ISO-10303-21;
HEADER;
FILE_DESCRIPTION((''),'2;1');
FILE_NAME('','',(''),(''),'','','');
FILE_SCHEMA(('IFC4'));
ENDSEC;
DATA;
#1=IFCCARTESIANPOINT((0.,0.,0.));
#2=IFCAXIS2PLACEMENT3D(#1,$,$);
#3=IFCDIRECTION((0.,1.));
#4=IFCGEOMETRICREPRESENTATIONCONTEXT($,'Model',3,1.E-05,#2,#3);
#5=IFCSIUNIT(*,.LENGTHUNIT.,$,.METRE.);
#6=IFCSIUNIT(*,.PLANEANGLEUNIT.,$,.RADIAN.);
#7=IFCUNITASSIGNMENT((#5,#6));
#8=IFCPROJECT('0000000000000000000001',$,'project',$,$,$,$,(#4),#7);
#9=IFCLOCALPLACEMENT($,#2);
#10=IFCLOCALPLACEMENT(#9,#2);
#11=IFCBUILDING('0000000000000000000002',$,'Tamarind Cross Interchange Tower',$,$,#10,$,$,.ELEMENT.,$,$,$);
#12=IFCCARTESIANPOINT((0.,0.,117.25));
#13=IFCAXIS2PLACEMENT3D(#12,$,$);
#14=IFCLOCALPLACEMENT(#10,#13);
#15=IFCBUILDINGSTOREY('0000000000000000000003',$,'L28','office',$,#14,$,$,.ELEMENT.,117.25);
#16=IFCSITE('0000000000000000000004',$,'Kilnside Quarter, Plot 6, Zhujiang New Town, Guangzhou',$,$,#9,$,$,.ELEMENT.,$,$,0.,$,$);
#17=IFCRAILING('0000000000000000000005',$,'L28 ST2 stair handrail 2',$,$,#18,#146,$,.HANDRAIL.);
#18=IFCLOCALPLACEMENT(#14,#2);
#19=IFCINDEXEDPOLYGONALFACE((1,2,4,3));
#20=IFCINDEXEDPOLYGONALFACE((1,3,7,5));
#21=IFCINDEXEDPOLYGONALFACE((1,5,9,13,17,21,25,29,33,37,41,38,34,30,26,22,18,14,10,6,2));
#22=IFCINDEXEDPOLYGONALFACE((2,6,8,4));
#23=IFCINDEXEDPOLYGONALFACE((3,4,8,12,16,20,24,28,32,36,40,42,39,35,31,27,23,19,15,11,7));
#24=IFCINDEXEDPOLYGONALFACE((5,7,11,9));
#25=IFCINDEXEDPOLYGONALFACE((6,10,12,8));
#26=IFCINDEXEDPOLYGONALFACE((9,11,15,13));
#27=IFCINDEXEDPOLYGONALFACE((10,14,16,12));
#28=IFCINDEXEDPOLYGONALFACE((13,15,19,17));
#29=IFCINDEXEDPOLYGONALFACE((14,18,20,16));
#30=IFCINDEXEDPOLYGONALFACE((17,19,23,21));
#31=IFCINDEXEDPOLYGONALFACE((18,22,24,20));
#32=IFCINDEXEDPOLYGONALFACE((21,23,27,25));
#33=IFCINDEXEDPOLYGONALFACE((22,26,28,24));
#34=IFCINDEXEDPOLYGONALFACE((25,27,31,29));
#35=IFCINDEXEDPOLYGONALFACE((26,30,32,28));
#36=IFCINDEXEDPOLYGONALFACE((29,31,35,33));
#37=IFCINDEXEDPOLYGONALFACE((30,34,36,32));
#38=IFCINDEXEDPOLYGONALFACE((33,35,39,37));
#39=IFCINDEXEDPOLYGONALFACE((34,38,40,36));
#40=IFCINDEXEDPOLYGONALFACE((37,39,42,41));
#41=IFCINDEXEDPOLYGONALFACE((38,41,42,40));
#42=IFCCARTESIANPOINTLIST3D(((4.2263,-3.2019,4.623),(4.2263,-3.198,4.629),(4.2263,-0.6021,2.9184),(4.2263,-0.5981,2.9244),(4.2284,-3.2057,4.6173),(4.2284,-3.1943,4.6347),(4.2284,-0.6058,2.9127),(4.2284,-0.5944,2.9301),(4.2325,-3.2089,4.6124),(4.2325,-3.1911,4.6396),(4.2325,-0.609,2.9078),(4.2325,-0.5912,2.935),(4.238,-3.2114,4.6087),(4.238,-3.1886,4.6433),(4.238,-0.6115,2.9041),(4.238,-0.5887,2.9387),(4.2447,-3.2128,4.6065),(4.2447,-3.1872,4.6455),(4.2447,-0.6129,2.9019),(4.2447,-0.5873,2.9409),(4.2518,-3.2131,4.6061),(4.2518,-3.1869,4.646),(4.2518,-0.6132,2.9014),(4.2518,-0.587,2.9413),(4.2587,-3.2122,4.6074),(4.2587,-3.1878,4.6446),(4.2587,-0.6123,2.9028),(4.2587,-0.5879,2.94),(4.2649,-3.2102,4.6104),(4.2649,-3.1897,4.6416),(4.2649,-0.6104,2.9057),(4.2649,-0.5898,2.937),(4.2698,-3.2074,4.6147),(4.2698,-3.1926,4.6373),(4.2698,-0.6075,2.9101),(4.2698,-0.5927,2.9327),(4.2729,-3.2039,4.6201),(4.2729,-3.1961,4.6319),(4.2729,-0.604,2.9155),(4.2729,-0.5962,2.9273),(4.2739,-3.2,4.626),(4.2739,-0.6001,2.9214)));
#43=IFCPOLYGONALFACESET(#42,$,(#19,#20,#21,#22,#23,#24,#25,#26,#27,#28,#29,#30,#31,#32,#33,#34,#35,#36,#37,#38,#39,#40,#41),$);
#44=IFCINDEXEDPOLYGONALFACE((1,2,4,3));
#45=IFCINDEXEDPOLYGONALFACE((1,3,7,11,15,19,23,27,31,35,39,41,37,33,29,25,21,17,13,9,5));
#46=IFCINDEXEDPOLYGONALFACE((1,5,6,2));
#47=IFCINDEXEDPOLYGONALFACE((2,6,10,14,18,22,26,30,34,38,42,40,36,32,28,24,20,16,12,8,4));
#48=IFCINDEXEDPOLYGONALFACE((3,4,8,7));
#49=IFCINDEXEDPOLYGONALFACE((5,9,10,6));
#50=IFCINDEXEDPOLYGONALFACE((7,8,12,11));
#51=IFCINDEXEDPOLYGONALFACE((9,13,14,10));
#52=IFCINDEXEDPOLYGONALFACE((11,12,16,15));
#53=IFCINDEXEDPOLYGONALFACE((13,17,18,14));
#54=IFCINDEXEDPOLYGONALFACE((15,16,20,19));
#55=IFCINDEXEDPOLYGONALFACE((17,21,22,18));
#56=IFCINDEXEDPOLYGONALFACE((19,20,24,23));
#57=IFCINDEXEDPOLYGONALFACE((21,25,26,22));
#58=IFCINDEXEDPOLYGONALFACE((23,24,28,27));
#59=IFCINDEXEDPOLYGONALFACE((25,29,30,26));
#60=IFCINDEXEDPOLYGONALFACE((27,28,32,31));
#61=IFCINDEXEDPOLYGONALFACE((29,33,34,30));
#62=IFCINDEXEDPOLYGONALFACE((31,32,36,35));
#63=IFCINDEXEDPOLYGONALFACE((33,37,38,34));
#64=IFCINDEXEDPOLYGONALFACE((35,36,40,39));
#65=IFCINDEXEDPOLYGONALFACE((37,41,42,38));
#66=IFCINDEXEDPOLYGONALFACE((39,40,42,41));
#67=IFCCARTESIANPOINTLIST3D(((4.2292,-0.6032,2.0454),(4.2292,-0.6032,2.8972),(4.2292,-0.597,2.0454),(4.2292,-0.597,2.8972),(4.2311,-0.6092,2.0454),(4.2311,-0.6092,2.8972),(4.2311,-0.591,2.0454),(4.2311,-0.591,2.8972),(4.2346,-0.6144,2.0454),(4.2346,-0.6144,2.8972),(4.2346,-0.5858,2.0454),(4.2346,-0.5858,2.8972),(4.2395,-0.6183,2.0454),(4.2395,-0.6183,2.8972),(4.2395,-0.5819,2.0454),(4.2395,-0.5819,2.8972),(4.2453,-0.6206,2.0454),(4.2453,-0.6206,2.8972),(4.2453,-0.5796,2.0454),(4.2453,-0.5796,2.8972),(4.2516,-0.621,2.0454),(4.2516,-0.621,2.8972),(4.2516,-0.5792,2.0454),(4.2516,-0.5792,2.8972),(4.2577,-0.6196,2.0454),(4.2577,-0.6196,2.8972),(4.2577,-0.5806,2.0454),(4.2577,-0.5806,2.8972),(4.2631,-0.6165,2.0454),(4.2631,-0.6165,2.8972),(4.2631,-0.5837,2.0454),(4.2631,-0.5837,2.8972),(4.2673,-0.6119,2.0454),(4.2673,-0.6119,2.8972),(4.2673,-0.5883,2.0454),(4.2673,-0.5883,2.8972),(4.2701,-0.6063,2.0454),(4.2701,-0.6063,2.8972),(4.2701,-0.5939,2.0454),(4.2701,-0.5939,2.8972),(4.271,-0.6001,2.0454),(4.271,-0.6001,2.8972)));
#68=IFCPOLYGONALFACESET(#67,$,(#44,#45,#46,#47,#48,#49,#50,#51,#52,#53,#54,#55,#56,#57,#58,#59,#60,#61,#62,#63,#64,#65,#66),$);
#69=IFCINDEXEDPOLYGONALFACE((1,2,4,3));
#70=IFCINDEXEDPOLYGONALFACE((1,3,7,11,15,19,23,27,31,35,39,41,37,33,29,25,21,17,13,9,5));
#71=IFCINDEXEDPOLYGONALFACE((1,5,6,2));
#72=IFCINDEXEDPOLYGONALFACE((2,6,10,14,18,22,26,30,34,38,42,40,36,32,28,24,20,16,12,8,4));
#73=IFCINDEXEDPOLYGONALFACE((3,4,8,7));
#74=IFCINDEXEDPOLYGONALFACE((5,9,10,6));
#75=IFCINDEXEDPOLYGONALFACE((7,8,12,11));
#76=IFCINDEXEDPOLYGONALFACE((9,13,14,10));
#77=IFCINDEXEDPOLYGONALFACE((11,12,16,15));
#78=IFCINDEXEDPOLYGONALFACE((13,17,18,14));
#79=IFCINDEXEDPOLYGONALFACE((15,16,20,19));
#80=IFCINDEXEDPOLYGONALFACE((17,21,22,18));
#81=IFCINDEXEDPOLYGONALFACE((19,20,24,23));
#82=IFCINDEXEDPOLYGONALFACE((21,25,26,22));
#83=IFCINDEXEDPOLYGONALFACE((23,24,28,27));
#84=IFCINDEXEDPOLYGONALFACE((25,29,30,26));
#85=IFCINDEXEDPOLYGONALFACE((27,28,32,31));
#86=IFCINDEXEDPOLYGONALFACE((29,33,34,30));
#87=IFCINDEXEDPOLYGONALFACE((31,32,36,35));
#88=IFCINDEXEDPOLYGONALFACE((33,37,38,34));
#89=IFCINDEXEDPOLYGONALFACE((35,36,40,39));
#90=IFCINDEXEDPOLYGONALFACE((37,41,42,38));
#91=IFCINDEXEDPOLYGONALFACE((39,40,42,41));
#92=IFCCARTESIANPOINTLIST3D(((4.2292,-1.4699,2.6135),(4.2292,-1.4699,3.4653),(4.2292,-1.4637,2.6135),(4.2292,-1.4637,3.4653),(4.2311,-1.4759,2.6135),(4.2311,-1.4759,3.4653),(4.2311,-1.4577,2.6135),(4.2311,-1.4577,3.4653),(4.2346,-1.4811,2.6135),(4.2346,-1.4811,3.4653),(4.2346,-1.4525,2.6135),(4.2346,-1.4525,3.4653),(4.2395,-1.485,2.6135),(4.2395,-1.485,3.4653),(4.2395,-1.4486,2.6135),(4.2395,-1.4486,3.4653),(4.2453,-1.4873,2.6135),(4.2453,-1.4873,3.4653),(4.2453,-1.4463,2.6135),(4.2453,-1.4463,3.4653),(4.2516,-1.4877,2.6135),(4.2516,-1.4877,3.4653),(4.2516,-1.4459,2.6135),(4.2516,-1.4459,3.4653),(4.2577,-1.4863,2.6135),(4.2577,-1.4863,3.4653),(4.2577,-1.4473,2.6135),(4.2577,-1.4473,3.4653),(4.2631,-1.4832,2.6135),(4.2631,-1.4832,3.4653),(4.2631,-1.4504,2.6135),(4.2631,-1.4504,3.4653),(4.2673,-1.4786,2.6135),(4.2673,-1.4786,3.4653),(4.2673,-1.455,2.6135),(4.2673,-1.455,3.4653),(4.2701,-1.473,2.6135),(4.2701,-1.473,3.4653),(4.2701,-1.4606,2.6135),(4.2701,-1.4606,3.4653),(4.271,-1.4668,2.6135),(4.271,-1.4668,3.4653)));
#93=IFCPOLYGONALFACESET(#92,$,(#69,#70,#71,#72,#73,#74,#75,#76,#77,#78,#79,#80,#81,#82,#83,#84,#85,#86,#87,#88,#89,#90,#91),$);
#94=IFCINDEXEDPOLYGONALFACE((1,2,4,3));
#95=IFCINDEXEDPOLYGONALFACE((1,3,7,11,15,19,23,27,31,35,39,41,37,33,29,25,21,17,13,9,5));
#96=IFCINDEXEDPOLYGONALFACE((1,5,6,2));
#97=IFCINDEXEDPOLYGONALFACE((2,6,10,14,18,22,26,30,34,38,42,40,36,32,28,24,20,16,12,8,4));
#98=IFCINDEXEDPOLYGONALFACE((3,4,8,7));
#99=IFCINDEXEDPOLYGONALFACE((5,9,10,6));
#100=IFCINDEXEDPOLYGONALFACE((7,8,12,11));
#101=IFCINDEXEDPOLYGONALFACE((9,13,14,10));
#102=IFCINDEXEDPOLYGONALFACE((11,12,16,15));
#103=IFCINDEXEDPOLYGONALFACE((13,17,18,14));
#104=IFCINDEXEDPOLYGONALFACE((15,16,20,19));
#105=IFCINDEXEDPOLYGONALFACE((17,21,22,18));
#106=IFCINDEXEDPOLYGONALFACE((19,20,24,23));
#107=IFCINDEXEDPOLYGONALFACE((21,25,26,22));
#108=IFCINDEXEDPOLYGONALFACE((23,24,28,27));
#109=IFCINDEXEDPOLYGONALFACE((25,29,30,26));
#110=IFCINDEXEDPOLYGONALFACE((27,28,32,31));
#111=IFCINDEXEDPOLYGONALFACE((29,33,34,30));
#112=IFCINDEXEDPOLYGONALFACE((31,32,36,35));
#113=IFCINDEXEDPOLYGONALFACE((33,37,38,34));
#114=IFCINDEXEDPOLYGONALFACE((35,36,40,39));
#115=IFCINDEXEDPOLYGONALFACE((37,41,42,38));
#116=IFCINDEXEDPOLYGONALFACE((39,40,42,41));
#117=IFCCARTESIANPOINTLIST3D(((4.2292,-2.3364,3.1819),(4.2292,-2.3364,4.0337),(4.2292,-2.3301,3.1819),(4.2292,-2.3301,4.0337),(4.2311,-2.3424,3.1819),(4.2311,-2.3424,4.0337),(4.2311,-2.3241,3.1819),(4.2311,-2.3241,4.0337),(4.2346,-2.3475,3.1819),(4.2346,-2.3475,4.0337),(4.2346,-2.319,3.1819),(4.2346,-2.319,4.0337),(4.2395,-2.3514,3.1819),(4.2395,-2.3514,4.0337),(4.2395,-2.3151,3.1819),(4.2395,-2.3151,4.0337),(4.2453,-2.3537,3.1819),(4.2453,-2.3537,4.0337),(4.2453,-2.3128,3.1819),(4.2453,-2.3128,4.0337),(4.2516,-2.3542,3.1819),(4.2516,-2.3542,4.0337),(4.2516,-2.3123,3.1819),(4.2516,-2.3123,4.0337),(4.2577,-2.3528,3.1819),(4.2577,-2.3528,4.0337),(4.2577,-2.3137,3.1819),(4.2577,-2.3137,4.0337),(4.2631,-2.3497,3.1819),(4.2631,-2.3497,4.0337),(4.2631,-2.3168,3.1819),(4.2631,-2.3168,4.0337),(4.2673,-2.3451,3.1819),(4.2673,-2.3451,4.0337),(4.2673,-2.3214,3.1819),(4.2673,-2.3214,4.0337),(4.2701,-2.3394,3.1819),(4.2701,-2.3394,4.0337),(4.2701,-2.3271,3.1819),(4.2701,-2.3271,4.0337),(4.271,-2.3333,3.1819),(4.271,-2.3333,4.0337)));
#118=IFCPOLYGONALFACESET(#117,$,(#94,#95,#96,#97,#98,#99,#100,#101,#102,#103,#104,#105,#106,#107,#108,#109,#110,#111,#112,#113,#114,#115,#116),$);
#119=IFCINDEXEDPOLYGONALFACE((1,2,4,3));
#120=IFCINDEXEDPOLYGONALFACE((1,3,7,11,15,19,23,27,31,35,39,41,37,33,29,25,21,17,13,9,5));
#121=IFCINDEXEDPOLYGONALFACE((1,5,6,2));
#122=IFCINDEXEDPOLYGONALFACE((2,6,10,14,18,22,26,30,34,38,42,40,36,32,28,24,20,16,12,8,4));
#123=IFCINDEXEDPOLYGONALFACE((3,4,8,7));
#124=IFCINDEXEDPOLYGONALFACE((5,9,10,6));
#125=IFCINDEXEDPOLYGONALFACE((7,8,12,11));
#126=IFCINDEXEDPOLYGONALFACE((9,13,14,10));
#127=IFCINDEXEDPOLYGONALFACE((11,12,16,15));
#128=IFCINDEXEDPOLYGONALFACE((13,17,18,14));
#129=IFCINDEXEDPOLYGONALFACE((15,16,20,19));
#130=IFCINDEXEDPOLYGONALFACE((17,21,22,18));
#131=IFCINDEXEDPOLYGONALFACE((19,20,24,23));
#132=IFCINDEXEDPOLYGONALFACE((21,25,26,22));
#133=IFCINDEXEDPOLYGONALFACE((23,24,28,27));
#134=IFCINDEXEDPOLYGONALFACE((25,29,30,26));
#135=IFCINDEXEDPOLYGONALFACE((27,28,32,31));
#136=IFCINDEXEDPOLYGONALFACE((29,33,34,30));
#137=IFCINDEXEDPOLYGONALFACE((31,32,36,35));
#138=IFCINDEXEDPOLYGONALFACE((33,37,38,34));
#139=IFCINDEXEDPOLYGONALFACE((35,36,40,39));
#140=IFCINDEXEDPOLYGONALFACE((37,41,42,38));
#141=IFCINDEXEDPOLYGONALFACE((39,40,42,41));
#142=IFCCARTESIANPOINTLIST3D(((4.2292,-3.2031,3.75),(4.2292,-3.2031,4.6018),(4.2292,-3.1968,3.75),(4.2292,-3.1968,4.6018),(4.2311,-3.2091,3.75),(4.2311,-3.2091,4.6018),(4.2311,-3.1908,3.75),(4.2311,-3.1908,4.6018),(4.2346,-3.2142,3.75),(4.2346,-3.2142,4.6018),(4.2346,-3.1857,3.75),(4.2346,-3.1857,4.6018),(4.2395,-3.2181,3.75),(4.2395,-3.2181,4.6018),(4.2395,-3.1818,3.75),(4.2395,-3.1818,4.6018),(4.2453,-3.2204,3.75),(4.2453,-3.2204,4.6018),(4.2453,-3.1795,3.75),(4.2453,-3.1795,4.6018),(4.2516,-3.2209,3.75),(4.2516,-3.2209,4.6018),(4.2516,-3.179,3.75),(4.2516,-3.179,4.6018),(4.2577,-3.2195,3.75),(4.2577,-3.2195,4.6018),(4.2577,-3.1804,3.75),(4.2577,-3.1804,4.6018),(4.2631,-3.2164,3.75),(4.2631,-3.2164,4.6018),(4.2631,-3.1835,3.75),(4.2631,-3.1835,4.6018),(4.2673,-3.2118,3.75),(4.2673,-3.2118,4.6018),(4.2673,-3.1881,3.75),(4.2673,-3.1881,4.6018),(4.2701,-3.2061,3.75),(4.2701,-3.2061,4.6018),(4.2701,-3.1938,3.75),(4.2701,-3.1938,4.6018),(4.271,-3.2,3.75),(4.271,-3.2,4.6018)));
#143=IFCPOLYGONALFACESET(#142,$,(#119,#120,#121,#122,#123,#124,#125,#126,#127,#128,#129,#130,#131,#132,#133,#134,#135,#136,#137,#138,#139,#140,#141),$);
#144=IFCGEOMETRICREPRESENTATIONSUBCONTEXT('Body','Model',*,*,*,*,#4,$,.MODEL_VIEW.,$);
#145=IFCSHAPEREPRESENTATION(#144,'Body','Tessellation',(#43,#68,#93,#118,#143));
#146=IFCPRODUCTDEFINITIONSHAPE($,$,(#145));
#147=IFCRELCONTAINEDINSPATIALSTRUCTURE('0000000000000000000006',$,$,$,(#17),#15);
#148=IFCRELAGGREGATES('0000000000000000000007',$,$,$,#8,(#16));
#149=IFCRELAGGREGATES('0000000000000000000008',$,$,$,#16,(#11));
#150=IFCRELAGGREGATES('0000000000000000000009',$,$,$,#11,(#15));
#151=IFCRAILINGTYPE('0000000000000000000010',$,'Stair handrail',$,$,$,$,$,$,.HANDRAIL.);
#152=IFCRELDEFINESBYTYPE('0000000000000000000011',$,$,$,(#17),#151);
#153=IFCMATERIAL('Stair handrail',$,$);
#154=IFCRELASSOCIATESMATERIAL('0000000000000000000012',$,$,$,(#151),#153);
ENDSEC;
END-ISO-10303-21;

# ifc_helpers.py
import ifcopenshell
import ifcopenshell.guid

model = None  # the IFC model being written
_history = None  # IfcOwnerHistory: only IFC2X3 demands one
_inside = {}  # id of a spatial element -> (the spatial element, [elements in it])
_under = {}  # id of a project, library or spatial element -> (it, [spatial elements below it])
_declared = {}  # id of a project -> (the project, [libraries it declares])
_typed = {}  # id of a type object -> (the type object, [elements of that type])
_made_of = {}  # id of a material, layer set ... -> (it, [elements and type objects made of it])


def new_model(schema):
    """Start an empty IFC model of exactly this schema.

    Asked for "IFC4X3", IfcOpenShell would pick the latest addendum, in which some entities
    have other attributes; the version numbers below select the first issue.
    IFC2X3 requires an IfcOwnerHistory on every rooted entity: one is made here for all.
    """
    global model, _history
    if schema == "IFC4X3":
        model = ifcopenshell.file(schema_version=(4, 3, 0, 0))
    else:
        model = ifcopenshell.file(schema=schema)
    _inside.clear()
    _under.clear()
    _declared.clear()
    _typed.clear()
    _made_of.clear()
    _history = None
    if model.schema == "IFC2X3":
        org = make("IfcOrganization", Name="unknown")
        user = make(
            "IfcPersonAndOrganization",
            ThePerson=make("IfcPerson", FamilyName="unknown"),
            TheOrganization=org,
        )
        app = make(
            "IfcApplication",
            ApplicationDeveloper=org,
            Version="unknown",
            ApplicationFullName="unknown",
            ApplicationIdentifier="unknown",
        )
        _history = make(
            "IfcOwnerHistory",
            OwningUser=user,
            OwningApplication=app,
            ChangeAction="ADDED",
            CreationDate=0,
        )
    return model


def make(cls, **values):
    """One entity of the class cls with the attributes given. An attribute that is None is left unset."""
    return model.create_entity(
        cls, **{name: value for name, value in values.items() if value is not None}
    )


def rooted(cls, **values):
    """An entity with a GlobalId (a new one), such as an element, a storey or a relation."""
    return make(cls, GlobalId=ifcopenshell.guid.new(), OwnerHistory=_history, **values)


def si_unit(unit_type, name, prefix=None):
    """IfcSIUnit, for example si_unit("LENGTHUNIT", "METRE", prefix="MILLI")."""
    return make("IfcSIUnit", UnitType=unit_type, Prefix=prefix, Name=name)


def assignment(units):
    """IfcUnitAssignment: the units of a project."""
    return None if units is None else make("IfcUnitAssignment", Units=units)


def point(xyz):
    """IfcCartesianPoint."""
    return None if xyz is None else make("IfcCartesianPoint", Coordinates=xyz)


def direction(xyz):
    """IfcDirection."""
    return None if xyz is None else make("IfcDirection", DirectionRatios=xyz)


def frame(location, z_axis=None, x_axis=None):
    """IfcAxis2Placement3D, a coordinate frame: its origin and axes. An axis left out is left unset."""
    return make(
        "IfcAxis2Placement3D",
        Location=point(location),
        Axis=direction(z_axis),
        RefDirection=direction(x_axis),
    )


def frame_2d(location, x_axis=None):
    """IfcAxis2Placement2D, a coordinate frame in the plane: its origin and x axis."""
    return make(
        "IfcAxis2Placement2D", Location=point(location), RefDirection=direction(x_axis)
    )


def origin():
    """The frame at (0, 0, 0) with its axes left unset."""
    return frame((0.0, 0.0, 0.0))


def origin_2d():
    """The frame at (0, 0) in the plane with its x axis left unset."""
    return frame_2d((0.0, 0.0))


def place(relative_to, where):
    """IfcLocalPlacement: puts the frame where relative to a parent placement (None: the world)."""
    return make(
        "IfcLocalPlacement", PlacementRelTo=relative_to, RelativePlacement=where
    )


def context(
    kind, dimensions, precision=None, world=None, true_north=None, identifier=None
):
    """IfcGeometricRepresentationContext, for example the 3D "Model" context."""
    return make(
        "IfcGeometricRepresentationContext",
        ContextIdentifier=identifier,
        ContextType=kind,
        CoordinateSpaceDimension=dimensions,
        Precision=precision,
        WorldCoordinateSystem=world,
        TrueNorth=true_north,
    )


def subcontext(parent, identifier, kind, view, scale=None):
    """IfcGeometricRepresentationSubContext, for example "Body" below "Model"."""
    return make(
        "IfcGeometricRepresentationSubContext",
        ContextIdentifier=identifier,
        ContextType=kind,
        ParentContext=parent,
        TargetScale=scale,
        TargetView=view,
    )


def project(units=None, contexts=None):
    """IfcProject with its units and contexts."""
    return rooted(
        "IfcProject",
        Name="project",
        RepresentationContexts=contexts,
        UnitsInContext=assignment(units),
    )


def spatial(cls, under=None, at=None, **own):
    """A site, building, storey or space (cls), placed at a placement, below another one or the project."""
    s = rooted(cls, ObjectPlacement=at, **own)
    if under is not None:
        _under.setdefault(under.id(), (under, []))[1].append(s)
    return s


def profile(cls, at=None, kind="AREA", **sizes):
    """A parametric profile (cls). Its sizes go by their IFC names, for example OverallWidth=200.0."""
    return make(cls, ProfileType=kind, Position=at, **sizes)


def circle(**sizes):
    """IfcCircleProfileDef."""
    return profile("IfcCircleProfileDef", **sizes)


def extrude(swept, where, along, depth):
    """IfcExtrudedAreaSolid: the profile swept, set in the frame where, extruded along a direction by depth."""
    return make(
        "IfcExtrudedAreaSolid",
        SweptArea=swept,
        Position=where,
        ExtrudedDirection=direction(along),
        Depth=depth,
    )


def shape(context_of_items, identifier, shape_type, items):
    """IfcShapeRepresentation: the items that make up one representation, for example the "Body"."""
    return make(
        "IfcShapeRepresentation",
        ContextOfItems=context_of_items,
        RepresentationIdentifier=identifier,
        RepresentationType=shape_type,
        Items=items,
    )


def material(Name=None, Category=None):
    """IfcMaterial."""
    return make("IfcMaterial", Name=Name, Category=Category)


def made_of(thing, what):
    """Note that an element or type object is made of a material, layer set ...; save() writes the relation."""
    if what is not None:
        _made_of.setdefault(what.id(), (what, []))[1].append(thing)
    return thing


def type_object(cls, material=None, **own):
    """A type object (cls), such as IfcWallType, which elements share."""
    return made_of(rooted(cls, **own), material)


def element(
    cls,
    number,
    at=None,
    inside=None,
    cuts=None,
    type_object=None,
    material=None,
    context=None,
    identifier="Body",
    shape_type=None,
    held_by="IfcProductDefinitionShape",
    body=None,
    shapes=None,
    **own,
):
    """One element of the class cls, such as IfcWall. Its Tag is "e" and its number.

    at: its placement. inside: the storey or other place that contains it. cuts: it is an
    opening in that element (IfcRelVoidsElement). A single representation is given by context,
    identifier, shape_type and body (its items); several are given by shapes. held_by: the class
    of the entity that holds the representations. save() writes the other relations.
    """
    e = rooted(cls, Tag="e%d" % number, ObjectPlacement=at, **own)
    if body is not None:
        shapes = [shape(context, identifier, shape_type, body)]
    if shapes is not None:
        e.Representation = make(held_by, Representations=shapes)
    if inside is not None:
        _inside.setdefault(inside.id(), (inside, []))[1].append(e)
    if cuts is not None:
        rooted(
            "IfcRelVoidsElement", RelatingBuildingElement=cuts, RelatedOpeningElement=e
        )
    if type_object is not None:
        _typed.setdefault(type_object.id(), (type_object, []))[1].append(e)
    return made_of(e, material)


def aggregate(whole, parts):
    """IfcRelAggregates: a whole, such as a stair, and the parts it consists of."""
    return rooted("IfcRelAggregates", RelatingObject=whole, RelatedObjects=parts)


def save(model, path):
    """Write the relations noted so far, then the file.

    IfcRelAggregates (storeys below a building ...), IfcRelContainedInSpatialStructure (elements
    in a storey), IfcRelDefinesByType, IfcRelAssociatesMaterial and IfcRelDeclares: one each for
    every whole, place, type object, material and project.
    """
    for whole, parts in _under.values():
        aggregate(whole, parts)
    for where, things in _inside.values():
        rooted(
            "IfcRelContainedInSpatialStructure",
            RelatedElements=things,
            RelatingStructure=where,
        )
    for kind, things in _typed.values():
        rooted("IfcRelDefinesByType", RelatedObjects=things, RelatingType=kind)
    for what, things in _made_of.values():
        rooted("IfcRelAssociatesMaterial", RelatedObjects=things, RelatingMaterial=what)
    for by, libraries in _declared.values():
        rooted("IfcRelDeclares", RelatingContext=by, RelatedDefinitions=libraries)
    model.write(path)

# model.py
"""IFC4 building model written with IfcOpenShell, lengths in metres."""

from ifc_helpers import new_model, si_unit, direction, frame, origin, origin_2d, place, context, subcontext, project, spatial, circle, extrude, material, type_object, element, save


model = new_model("IFC4")

# Units and contexts
model_context = context("Model", 3, precision=1e-05, world=origin(), true_north=direction((0.0, 1.0)))
body_context = subcontext(model_context, "Body", "Model", "MODEL_VIEW")
ifc_project = project(units=[si_unit("LENGTHUNIT", "METRE"), si_unit("PLANEANGLEUNIT", "RADIAN")], contexts=[model_context])

# Site, building, storey
site_placement = place(None, origin())
site = spatial("IfcSite", under=ifc_project, at=site_placement, Name="Kilnside Quarter, Plot 6, Zhujiang New Town, Guangzhou", CompositionType="ELEMENT", RefElevation=0.0)
building_placement = place(site_placement, origin())
building = spatial("IfcBuilding", under=site, at=building_placement, Name="Tamarind Cross Interchange Tower", CompositionType="ELEMENT")
storey_placement = place(building_placement, frame((0.0, 0.0, 117.25)))
storey = spatial("IfcBuildingStorey", under=building, at=storey_placement, Name="L28", Description="office", CompositionType="ELEMENT", Elevation=117.25)

# Railing
ifc_material_1 = material(Name="Stair handrail")
railing_type = type_object("IfcRailingType", Name="Stair handrail", PredefinedType="HANDRAIL", material=ifc_material_1)
railing_placement = place(storey_placement, frame((4.25, -0.6001, 2.0454)))
element("IfcRailing", 1, at=railing_placement, inside=storey, type_object=railing_type, Name="L28 ST2 stair handrail 2", PredefinedType="HANDRAIL", context=body_context, shape_type="SweptSolid", body=[
    extrude(circle(Radius=0.0239, at=origin_2d()), frame((0.0, 0.0, 0.876), z_axis=(0.0, -0.836279, 0.548305), x_axis=(1.0, 0.0, 0.0)), (0.0, 0.0, 1.0), 3.1089),
    extrude(circle(Radius=0.021, at=origin_2d()), origin(), (0.0, 0.0, 1.0), 0.8518),
    extrude(circle(Radius=0.021, at=origin_2d()), frame((0.0, -0.8667, 0.5681)), (0.0, 0.0, 1.0), 0.8518),
    extrude(circle(Radius=0.021, at=origin_2d()), frame((0.0, -1.7332, 1.1365)), (0.0, 0.0, 1.0), 0.8518),
    extrude(circle(Radius=0.021, at=origin_2d()), frame((0.0, -2.5999, 1.7046)), (0.0, 0.0, 1.0), 0.8518),
])

save(model, "model.ifc")
